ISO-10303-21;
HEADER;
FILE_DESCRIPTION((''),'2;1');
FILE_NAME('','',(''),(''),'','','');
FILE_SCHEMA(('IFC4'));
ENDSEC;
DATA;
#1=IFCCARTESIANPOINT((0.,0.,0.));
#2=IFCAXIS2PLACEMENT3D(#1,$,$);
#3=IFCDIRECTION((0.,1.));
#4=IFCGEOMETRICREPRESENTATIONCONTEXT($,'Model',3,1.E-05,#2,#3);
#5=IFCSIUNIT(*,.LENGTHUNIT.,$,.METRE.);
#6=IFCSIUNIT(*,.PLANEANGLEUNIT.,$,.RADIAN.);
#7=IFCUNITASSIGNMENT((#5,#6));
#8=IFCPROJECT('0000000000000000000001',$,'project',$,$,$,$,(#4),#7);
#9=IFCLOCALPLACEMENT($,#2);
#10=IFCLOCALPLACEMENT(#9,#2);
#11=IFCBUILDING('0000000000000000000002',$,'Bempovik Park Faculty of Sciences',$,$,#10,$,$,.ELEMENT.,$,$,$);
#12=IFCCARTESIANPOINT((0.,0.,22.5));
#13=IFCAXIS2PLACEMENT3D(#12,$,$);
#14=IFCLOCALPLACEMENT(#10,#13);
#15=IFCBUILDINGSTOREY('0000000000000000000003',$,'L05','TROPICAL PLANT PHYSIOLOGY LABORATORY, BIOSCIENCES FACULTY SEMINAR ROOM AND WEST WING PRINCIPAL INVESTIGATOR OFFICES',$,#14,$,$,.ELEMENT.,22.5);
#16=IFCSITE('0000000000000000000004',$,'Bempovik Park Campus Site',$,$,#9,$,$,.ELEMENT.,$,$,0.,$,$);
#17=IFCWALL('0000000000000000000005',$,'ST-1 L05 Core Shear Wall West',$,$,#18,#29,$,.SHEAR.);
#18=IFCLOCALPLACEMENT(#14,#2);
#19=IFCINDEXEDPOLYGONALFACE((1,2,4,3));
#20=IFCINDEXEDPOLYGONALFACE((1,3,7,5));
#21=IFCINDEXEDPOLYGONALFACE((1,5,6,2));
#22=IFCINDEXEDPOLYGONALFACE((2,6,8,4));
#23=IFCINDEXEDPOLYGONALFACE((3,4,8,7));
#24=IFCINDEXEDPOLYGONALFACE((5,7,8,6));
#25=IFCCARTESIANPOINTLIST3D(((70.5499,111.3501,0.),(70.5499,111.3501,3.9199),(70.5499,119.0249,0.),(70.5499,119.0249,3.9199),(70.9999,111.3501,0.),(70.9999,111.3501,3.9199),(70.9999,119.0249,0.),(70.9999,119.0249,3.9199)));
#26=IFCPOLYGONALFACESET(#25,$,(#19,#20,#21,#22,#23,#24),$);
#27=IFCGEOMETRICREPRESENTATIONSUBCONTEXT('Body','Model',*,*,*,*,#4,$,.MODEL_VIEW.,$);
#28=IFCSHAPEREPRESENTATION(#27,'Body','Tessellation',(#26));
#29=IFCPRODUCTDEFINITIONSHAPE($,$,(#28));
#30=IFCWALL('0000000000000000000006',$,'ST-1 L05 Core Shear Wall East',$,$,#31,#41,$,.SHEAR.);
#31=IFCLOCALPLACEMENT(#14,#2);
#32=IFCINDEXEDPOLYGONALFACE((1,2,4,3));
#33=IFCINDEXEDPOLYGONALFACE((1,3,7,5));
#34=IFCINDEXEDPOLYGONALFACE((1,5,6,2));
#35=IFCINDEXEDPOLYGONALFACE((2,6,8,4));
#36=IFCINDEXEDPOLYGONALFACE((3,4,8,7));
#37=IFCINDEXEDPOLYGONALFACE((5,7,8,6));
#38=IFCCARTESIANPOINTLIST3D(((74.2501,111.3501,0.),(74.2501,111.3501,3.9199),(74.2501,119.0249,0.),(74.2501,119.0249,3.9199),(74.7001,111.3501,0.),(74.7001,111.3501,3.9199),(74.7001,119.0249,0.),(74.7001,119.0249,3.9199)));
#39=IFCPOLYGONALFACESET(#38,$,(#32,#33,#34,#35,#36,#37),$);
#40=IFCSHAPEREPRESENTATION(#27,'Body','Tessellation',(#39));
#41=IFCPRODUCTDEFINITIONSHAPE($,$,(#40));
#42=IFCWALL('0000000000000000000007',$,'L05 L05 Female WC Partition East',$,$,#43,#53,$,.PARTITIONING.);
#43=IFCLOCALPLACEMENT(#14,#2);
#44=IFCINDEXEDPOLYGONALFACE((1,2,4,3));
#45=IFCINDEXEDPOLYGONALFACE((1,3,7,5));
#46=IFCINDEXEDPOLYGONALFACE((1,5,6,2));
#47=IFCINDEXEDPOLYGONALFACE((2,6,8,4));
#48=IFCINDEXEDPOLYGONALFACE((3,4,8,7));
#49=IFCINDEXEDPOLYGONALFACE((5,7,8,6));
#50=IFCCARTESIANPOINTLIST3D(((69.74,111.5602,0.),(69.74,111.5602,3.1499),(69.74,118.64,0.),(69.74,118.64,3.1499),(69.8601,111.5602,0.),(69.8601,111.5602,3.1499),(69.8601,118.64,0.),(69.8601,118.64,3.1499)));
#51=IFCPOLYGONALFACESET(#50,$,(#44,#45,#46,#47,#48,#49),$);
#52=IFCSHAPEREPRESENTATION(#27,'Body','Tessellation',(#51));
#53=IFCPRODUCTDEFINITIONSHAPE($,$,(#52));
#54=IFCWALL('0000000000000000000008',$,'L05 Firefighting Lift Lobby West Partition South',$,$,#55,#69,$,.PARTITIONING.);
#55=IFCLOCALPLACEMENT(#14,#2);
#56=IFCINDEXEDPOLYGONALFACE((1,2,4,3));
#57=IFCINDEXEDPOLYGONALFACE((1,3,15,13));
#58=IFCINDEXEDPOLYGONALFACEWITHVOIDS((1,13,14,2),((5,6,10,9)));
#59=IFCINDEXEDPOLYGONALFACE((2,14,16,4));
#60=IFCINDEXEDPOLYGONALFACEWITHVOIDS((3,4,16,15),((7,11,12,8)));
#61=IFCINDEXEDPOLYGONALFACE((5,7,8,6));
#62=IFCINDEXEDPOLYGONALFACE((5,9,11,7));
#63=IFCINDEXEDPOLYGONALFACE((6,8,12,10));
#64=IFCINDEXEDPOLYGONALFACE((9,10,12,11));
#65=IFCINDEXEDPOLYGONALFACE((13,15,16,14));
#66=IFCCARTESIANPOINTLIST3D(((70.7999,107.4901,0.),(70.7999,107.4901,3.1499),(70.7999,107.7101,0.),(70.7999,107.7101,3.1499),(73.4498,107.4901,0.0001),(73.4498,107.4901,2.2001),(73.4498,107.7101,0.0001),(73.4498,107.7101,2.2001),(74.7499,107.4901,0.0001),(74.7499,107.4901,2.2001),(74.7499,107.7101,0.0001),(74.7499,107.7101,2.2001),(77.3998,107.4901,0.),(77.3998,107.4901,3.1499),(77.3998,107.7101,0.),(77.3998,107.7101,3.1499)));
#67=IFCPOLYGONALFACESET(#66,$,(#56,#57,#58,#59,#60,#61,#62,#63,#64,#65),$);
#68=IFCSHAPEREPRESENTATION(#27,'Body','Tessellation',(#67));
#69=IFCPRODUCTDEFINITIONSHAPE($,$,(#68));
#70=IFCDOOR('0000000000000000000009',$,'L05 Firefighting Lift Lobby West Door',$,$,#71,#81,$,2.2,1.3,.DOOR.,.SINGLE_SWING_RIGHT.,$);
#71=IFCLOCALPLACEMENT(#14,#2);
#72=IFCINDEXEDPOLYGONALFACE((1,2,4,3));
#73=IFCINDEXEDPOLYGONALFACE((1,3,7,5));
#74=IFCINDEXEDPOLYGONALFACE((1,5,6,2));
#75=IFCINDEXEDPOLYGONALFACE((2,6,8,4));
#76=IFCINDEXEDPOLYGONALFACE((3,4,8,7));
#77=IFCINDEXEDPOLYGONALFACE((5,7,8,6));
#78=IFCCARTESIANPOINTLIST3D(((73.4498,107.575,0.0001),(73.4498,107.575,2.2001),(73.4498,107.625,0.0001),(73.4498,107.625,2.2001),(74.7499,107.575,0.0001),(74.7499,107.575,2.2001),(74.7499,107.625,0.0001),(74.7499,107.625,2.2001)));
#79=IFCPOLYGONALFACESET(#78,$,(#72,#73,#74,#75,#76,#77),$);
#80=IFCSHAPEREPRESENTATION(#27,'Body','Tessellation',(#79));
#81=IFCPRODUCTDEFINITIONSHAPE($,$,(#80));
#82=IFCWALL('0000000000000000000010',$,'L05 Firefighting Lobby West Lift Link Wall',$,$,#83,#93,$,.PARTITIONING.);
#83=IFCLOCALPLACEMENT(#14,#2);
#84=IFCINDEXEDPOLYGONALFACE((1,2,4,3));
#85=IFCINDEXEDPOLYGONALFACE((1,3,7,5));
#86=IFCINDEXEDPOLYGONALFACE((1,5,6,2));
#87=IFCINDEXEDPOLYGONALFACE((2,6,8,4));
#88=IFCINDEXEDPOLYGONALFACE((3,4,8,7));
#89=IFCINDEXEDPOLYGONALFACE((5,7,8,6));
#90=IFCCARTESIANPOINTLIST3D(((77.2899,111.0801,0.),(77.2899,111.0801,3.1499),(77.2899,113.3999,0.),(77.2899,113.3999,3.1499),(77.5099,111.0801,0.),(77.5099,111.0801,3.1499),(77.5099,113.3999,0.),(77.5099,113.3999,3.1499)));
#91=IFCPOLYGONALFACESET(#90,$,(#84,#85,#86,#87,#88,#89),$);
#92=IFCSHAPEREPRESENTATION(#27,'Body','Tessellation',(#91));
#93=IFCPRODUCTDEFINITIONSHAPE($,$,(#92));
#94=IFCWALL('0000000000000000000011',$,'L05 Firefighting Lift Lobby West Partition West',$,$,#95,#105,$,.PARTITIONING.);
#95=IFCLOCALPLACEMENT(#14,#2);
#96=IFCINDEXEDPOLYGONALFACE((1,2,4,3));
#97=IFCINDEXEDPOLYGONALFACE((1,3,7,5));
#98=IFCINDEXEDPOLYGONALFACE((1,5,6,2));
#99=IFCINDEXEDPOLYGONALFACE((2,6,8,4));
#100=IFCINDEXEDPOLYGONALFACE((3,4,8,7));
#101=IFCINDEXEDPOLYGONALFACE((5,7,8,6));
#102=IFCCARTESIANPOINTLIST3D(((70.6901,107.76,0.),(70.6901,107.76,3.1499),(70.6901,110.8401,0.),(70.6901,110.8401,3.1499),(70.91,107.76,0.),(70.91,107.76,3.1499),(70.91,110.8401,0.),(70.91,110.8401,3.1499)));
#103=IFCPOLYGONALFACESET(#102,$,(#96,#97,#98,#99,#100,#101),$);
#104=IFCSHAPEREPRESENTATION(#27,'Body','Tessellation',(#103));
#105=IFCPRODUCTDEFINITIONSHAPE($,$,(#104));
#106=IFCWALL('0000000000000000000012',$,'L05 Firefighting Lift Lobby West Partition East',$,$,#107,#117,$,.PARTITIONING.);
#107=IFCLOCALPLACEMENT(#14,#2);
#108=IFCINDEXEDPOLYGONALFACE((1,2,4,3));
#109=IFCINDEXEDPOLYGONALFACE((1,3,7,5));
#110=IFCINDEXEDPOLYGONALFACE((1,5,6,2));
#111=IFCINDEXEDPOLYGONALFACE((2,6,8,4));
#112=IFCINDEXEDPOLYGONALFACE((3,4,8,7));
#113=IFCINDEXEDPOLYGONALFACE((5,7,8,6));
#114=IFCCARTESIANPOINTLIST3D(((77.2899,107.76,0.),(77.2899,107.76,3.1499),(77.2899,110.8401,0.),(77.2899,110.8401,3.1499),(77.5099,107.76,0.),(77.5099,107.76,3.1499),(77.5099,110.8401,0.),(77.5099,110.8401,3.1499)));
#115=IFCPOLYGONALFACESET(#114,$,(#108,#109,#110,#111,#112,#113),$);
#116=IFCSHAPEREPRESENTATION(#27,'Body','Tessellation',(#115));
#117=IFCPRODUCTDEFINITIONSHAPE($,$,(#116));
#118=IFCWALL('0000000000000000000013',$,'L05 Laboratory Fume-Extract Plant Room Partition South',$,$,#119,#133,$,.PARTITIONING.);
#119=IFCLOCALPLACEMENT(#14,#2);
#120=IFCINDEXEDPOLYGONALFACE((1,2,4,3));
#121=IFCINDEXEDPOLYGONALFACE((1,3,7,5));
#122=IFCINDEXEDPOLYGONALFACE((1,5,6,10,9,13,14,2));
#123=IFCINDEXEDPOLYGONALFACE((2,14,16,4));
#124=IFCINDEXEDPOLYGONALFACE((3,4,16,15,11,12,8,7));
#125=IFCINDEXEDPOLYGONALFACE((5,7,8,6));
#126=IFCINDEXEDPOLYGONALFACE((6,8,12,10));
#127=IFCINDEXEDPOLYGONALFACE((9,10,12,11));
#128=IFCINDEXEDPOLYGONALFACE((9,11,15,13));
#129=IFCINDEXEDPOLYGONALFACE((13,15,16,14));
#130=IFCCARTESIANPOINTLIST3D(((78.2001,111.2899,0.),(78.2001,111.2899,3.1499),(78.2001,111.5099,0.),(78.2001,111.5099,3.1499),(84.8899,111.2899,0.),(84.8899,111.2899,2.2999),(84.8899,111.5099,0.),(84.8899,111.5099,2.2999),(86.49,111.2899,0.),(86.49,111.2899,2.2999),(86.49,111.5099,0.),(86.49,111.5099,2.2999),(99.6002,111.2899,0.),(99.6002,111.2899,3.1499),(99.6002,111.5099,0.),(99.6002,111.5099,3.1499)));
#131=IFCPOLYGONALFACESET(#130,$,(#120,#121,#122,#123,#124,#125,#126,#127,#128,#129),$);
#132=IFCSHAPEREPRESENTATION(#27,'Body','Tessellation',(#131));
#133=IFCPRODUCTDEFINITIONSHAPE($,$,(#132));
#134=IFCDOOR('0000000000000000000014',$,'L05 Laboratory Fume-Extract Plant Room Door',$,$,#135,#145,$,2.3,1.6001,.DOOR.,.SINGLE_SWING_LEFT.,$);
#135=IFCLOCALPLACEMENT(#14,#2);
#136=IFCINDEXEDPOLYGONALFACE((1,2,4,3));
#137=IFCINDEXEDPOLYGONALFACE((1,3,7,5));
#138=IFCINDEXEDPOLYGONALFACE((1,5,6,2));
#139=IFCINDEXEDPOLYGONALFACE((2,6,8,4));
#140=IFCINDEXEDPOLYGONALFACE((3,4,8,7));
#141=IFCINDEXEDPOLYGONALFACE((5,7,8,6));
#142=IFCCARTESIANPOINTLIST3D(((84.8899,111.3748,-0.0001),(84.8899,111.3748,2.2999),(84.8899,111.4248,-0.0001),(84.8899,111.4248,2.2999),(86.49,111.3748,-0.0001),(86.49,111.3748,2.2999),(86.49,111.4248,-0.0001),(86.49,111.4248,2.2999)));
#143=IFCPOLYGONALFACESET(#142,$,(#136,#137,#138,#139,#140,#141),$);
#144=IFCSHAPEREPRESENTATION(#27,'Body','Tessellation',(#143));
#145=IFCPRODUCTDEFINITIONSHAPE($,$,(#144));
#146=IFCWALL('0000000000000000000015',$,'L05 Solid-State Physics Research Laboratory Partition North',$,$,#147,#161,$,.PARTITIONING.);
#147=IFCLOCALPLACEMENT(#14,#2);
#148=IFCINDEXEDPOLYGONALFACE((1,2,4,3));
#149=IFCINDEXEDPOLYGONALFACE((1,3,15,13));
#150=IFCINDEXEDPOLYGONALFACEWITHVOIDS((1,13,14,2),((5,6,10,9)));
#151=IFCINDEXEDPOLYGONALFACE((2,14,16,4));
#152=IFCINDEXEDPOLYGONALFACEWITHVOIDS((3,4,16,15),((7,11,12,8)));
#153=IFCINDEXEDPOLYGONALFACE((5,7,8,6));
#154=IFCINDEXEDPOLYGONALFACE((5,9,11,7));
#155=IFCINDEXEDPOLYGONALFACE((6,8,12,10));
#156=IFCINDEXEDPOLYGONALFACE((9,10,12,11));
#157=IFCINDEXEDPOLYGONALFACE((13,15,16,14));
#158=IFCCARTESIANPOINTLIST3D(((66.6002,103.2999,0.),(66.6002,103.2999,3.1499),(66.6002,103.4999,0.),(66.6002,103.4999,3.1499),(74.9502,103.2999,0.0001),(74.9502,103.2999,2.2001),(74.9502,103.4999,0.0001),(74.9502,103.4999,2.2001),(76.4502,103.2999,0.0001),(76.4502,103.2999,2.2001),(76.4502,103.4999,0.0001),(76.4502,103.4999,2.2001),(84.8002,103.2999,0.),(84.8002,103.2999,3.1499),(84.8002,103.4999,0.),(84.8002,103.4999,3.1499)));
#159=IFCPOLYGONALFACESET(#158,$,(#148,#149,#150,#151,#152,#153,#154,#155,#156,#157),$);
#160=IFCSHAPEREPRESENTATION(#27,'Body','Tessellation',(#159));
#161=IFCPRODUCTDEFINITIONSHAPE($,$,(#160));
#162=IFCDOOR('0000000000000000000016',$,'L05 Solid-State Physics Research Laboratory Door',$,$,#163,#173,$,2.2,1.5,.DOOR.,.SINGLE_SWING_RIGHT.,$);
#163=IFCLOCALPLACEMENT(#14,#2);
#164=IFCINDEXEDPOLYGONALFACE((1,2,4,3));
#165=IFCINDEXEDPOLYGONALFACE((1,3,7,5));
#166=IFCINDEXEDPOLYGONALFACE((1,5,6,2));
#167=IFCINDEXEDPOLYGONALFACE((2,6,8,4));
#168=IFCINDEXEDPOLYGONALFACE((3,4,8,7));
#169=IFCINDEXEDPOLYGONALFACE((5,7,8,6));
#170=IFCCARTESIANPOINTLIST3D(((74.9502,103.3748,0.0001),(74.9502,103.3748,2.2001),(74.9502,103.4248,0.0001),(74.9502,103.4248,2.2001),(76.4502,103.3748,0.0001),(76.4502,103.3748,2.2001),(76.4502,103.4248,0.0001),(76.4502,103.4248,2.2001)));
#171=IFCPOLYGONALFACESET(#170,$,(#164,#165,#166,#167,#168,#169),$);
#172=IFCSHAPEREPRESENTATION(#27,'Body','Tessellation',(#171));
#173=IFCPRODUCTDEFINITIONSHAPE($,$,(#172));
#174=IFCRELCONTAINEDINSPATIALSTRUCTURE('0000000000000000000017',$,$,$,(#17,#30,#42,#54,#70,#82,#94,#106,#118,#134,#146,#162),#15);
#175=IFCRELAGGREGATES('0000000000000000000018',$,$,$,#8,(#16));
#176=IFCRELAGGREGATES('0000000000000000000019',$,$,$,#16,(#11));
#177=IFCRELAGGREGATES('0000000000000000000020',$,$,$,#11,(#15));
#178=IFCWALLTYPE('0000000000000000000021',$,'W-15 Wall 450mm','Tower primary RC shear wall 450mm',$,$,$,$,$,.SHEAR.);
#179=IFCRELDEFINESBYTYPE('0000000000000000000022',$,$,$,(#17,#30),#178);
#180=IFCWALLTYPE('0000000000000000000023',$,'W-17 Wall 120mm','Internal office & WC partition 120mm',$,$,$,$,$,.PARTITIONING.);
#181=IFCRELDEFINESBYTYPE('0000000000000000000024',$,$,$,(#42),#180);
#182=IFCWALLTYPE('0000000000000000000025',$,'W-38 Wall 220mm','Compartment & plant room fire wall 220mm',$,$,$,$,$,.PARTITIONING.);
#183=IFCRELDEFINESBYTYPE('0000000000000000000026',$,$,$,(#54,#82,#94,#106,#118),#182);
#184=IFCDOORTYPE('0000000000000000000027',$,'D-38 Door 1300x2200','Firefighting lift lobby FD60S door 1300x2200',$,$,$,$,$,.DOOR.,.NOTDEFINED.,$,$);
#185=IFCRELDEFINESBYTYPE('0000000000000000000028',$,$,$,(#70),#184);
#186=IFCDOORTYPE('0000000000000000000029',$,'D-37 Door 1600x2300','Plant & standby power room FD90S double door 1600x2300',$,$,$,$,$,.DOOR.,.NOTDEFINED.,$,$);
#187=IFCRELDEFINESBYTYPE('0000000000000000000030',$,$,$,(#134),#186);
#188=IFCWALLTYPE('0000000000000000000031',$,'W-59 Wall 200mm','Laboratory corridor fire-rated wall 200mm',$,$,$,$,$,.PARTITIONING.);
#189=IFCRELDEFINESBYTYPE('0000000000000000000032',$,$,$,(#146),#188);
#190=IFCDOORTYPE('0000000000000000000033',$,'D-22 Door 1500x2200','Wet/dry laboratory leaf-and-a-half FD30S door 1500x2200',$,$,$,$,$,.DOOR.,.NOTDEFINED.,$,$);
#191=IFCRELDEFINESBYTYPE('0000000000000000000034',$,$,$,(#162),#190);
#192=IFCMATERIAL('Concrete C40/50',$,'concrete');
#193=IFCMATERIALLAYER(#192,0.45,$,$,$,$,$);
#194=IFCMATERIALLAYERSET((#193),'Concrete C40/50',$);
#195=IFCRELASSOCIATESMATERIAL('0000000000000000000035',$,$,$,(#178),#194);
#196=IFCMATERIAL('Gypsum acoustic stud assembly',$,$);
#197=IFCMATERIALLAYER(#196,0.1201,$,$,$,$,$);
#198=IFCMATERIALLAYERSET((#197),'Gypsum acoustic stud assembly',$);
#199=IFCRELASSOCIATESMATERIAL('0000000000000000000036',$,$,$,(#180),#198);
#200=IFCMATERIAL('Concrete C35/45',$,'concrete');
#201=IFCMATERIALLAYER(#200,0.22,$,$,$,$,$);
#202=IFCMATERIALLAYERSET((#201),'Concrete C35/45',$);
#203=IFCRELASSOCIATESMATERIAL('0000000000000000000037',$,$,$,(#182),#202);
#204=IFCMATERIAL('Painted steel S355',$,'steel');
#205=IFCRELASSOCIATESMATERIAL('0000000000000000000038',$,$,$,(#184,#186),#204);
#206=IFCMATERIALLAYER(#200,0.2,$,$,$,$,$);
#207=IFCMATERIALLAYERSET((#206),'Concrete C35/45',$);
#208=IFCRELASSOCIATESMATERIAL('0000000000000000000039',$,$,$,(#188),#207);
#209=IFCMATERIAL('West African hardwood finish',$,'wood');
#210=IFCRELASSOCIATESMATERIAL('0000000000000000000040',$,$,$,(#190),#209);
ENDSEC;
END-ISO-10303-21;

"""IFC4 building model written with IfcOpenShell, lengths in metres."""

from ifc_helpers import new_model, si_unit, direction, frame, frame_2d, origin, place, context, subcontext, project, spatial, rectangle, extrude, material, layer, layer_set, type_object, element, fill, save


model = new_model("IFC4")

# Units and contexts
model_context = context("Model", 3, precision=1e-05, world=origin(), true_north=direction((0.0, 1.0)))
body_context = subcontext(model_context, "Body", "Model", "MODEL_VIEW")
ifc_project = project(units=[si_unit("LENGTHUNIT", "METRE"), si_unit("PLANEANGLEUNIT", "RADIAN")], contexts=[model_context])

# Site, building, storey
site_placement = place(None, origin())
site = spatial("IfcSite", under=ifc_project, at=site_placement, Name="Bempovik Park Campus Site", CompositionType="ELEMENT", RefElevation=0.0)
building_placement = place(site_placement, origin())
building = spatial("IfcBuilding", under=site, at=building_placement, Name="Bempovik Park Faculty of Sciences", CompositionType="ELEMENT")
storey_placement = place(building_placement, frame((0.0, 0.0, 22.5)))
storey = spatial("IfcBuildingStorey", under=building, at=storey_placement, Name="L05", Description="TROPICAL PLANT PHYSIOLOGY LABORATORY, BIOSCIENCES FACULTY SEMINAR ROOM AND WEST WING PRINCIPAL INVESTIGATOR OFFICES", CompositionType="ELEMENT", Elevation=22.5)

# Shared definitions
ifc_material_1 = material(Name="Concrete C40/50", Category="concrete")

# Shared definitions
ifc_material_2 = material(Name="Concrete C35/45", Category="concrete")

# Shared definitions
ifc_layer_1 = layer(ifc_material_1, 0.45)
ifc_layer_set_1 = layer_set([ifc_layer_1], Name="Concrete C40/50")
wall_type_1 = type_object("IfcWallType", Name="W-15 Wall 450mm", Description="Tower primary RC shear wall 450mm", PredefinedType="SHEAR", material=ifc_layer_set_1)
ifc_material_3 = material(Name="Painted steel S355", Category="steel")

# Walls
for number, where, z_axis, x_axis, name in (
    (1, (70.7749, 111.3501, 0.0), (0.0, 0.0, 1.0), (0.0, 1.0, 0.0), "ST-1 L05 Core Shear Wall West"),
    (2, (74.4751, 111.3501, 0.0), (0.0, 0.0, 1.0), (0.0, 1.0, 0.0), "ST-1 L05 Core Shear Wall East"),
):
    element("IfcWall", number, at=place(storey_placement, frame(where, z_axis=z_axis, x_axis=x_axis)), inside=storey, type_object=wall_type_1, Name=name, PredefinedType="SHEAR", context=body_context, shape_type="SweptSolid", body=[
        extrude(rectangle(XDim=7.6748, YDim=0.45, at=frame_2d((3.8374, 0.0))), origin(), (0.0, 0.0, 1.0), 3.9199),
    ])
ifc_material_4 = material(Name="Gypsum acoustic stud assembly")
ifc_layer_2 = layer(ifc_material_4, 0.1201)
ifc_layer_set_2 = layer_set([ifc_layer_2], Name="Gypsum acoustic stud assembly")
wall_type_2 = type_object("IfcWallType", Name="W-17 Wall 120mm", Description="Internal office & WC partition 120mm", PredefinedType="PARTITIONING", material=ifc_layer_set_2)
wall_1_placement = place(storey_placement, frame((69.8, 111.5601, 0.0), z_axis=(0.0, 0.0, 1.0), x_axis=(0.0, 1.0, 0.0)))
element("IfcWall", 3, at=wall_1_placement, inside=storey, type_object=wall_type_2, Name="L05 L05 Female WC Partition East", PredefinedType="PARTITIONING", context=body_context, shape_type="SweptSolid", body=[
    extrude(rectangle(XDim=7.0798, YDim=0.1201, at=frame_2d((3.54, 0.0))), origin(), (0.0, 0.0, 1.0), 3.1499),
])

# Wall, opening, door
ifc_layer_3 = layer(ifc_material_2, 0.22)
ifc_layer_set_3 = layer_set([ifc_layer_3], Name="Concrete C35/45")
wall_type_3 = type_object("IfcWallType", Name="W-38 Wall 220mm", Description="Compartment & plant room fire wall 220mm", PredefinedType="PARTITIONING", material=ifc_layer_set_3)
wall_2_placement = place(storey_placement, frame((70.8, 107.6001, 0.0), z_axis=(0.0, 0.0, 1.0), x_axis=(1.0, 0.0, 0.0)))
wall_2 = element("IfcWall", 4, at=wall_2_placement, inside=storey, type_object=wall_type_3, Name="L05 Firefighting Lift Lobby West Partition South", PredefinedType="PARTITIONING", context=body_context, shape_type="SweptSolid", body=[
    extrude(rectangle(XDim=6.5999, YDim=0.22, at=frame_2d((3.2998, 0.0))), origin(), (0.0, 0.0, 1.0), 3.1499),
])
opening_1_placement = place(wall_2_placement, frame((2.6499, 0.0, 0.0)))
opening_1 = element("IfcOpeningElement", 5, at=opening_1_placement, cuts=wall_2, PredefinedType="OPENING", context=body_context, shape_type="SweptSolid", body=[
    extrude(rectangle(XDim=1.3, YDim=2.2, at=frame_2d((0.6499, 1.1001))), frame((0.0, 0.1201, 0.0), z_axis=(0.0, -1.0, 0.0), x_axis=(1.0, 0.0, 0.0)), (0.0, 0.0, 1.0), 0.24),
])
door_type_1 = type_object("IfcDoorType", Name="D-38 Door 1300x2200", Description="Firefighting lift lobby FD60S door 1300x2200", OperationType="NOTDEFINED", PredefinedType="DOOR", material=ifc_material_3)
door_1_placement = place(opening_1_placement, origin())
door_1 = element("IfcDoor", 6, at=door_1_placement, inside=storey, type_object=door_type_1, Name="L05 Firefighting Lift Lobby West Door", OperationType="SINGLE_SWING_RIGHT", OverallHeight=2.2, OverallWidth=1.3, PredefinedType="DOOR", context=body_context, shape_type="SweptSolid", body=[
    extrude(rectangle(XDim=1.3, YDim=2.2, at=frame_2d((0.6499, 1.1001))), frame((0.0, 0.0249, 0.0), z_axis=(0.0, -1.0, 0.0), x_axis=(1.0, 0.0, 0.0)), (0.0, 0.0, 1.0), 0.05),
])
fill(opening_1, door_1)

# Walls
wall_3_placement = place(storey_placement, frame((77.3999, 111.0801, 0.0), z_axis=(0.0, 0.0, 1.0), x_axis=(0.0, 1.0, 0.0)))
element("IfcWall", 7, at=wall_3_placement, inside=storey, type_object=wall_type_3, Name="L05 Firefighting Lobby West Lift Link Wall", PredefinedType="PARTITIONING", context=body_context, shape_type="SweptSolid", body=[
    extrude(rectangle(XDim=2.3198, YDim=0.22, at=frame_2d((1.1599, 0.0))), origin(), (0.0, 0.0, 1.0), 3.1499),
])
for number, where, z_axis, x_axis, name in (
    (8, (70.8, 107.76, 0.0), (0.0, 0.0, 1.0), (0.0, 1.0, 0.0), "L05 Firefighting Lift Lobby West Partition West"),
    (9, (77.3999, 107.76, 0.0), (0.0, 0.0, 1.0), (0.0, 1.0, 0.0), "L05 Firefighting Lift Lobby West Partition East"),
):
    element("IfcWall", number, at=place(storey_placement, frame(where, z_axis=z_axis, x_axis=x_axis)), inside=storey, type_object=wall_type_3, Name=name, PredefinedType="PARTITIONING", context=body_context, shape_type="SweptSolid", body=[
        extrude(rectangle(XDim=3.0801, YDim=0.22, at=frame_2d((1.54, 0.0))), origin(), (0.0, 0.0, 1.0), 3.1499),
    ])

# Walls, openings, doors
wall_4_placement = place(storey_placement, frame((78.2, 111.3999, 0.0), z_axis=(0.0, 0.0, 1.0), x_axis=(1.0, 0.0, 0.0)))
wall_4 = element("IfcWall", 10, at=wall_4_placement, inside=storey, type_object=wall_type_3, Name="L05 Laboratory Fume-Extract Plant Room Partition South", PredefinedType="PARTITIONING", context=body_context, shape_type="SweptSolid", body=[
    extrude(rectangle(XDim=21.4001, YDim=0.22, at=frame_2d((10.7002, 0.0))), origin(), (0.0, 0.0, 1.0), 3.1499),
])
opening_2_placement = place(wall_4_placement, frame((6.6899, 0.0, 0.0)))
opening_2 = element("IfcOpeningElement", 11, at=opening_2_placement, cuts=wall_4, PredefinedType="OPENING", context=body_context, shape_type="SweptSolid", body=[
    extrude(rectangle(XDim=1.6001, YDim=2.3, at=frame_2d((0.8, 1.1499))), frame((0.0, 0.1201, 0.0), z_axis=(0.0, -1.0, 0.0), x_axis=(1.0, 0.0, 0.0)), (0.0, 0.0, 1.0), 0.24),
])
door_type_2 = type_object("IfcDoorType", Name="D-37 Door 1600x2300", Description="Plant & standby power room FD90S double door 1600x2300", OperationType="NOTDEFINED", PredefinedType="DOOR", material=ifc_material_3)
door_2_placement = place(opening_2_placement, origin())
door_2 = element("IfcDoor", 12, at=door_2_placement, inside=storey, type_object=door_type_2, Name="L05 Laboratory Fume-Extract Plant Room Door", OperationType="SINGLE_SWING_LEFT", OverallHeight=2.3, OverallWidth=1.6001, PredefinedType="DOOR", context=body_context, shape_type="SweptSolid", body=[
    extrude(rectangle(XDim=1.6001, YDim=2.3, at=frame_2d((0.8, 1.1499))), frame((0.0, 0.0249, 0.0), z_axis=(0.0, -1.0, 0.0), x_axis=(1.0, 0.0, 0.0)), (0.0, 0.0, 1.0), 0.05),
])
fill(opening_2, door_2)
ifc_layer_4 = layer(ifc_material_2, 0.2)
ifc_layer_set_4 = layer_set([ifc_layer_4], Name="Concrete C35/45")
wall_type_4 = type_object("IfcWallType", Name="W-59 Wall 200mm", Description="Laboratory corridor fire-rated wall 200mm", PredefinedType="PARTITIONING", material=ifc_layer_set_4)
wall_5_placement = place(storey_placement, frame((66.6001, 103.3999, 0.0), z_axis=(0.0, 0.0, 1.0), x_axis=(1.0, 0.0, 0.0)))
wall_5 = element("IfcWall", 13, at=wall_5_placement, inside=storey, type_object=wall_type_4, Name="L05 Solid-State Physics Research Laboratory Partition North", PredefinedType="PARTITIONING", context=body_context, shape_type="SweptSolid", body=[
    extrude(rectangle(XDim=18.2, YDim=0.2, at=frame_2d((9.1001, 0.0))), origin(), (0.0, 0.0, 1.0), 3.1499),
])
opening_3_placement = place(wall_5_placement, frame((8.3501, 0.0, 0.0)))
opening_3 = element("IfcOpeningElement", 14, at=opening_3_placement, cuts=wall_5, PredefinedType="OPENING", context=body_context, shape_type="SweptSolid", body=[
    extrude(rectangle(XDim=1.5, YDim=2.2, at=frame_2d((0.75, 1.1001))), frame((0.0, 0.1099, 0.0), z_axis=(0.0, -1.0, 0.0), x_axis=(1.0, 0.0, 0.0)), (0.0, 0.0, 1.0), 0.22),
])
ifc_material_5 = material(Name="West African hardwood finish", Category="wood")
door_type_3 = type_object("IfcDoorType", Name="D-22 Door 1500x2200", Description="Wet/dry laboratory leaf-and-a-half FD30S door 1500x2200", OperationType="NOTDEFINED", PredefinedType="DOOR", material=ifc_material_5)
door_3_placement = place(opening_3_placement, origin())
door_3 = element("IfcDoor", 15, at=door_3_placement, inside=storey, type_object=door_type_3, Name="L05 Solid-State Physics Research Laboratory Door", OperationType="SINGLE_SWING_RIGHT", OverallHeight=2.2, OverallWidth=1.5, PredefinedType="DOOR", context=body_context, shape_type="SweptSolid", body=[
    extrude(rectangle(XDim=1.5, YDim=2.2, at=frame_2d((0.75, 1.1001))), frame((0.0, 0.0249, 0.0), z_axis=(0.0, -1.0, 0.0), x_axis=(1.0, 0.0, 0.0)), (0.0, 0.0, 1.0), 0.05),
])
fill(opening_3, door_3)

save(model, "model.ifc")
